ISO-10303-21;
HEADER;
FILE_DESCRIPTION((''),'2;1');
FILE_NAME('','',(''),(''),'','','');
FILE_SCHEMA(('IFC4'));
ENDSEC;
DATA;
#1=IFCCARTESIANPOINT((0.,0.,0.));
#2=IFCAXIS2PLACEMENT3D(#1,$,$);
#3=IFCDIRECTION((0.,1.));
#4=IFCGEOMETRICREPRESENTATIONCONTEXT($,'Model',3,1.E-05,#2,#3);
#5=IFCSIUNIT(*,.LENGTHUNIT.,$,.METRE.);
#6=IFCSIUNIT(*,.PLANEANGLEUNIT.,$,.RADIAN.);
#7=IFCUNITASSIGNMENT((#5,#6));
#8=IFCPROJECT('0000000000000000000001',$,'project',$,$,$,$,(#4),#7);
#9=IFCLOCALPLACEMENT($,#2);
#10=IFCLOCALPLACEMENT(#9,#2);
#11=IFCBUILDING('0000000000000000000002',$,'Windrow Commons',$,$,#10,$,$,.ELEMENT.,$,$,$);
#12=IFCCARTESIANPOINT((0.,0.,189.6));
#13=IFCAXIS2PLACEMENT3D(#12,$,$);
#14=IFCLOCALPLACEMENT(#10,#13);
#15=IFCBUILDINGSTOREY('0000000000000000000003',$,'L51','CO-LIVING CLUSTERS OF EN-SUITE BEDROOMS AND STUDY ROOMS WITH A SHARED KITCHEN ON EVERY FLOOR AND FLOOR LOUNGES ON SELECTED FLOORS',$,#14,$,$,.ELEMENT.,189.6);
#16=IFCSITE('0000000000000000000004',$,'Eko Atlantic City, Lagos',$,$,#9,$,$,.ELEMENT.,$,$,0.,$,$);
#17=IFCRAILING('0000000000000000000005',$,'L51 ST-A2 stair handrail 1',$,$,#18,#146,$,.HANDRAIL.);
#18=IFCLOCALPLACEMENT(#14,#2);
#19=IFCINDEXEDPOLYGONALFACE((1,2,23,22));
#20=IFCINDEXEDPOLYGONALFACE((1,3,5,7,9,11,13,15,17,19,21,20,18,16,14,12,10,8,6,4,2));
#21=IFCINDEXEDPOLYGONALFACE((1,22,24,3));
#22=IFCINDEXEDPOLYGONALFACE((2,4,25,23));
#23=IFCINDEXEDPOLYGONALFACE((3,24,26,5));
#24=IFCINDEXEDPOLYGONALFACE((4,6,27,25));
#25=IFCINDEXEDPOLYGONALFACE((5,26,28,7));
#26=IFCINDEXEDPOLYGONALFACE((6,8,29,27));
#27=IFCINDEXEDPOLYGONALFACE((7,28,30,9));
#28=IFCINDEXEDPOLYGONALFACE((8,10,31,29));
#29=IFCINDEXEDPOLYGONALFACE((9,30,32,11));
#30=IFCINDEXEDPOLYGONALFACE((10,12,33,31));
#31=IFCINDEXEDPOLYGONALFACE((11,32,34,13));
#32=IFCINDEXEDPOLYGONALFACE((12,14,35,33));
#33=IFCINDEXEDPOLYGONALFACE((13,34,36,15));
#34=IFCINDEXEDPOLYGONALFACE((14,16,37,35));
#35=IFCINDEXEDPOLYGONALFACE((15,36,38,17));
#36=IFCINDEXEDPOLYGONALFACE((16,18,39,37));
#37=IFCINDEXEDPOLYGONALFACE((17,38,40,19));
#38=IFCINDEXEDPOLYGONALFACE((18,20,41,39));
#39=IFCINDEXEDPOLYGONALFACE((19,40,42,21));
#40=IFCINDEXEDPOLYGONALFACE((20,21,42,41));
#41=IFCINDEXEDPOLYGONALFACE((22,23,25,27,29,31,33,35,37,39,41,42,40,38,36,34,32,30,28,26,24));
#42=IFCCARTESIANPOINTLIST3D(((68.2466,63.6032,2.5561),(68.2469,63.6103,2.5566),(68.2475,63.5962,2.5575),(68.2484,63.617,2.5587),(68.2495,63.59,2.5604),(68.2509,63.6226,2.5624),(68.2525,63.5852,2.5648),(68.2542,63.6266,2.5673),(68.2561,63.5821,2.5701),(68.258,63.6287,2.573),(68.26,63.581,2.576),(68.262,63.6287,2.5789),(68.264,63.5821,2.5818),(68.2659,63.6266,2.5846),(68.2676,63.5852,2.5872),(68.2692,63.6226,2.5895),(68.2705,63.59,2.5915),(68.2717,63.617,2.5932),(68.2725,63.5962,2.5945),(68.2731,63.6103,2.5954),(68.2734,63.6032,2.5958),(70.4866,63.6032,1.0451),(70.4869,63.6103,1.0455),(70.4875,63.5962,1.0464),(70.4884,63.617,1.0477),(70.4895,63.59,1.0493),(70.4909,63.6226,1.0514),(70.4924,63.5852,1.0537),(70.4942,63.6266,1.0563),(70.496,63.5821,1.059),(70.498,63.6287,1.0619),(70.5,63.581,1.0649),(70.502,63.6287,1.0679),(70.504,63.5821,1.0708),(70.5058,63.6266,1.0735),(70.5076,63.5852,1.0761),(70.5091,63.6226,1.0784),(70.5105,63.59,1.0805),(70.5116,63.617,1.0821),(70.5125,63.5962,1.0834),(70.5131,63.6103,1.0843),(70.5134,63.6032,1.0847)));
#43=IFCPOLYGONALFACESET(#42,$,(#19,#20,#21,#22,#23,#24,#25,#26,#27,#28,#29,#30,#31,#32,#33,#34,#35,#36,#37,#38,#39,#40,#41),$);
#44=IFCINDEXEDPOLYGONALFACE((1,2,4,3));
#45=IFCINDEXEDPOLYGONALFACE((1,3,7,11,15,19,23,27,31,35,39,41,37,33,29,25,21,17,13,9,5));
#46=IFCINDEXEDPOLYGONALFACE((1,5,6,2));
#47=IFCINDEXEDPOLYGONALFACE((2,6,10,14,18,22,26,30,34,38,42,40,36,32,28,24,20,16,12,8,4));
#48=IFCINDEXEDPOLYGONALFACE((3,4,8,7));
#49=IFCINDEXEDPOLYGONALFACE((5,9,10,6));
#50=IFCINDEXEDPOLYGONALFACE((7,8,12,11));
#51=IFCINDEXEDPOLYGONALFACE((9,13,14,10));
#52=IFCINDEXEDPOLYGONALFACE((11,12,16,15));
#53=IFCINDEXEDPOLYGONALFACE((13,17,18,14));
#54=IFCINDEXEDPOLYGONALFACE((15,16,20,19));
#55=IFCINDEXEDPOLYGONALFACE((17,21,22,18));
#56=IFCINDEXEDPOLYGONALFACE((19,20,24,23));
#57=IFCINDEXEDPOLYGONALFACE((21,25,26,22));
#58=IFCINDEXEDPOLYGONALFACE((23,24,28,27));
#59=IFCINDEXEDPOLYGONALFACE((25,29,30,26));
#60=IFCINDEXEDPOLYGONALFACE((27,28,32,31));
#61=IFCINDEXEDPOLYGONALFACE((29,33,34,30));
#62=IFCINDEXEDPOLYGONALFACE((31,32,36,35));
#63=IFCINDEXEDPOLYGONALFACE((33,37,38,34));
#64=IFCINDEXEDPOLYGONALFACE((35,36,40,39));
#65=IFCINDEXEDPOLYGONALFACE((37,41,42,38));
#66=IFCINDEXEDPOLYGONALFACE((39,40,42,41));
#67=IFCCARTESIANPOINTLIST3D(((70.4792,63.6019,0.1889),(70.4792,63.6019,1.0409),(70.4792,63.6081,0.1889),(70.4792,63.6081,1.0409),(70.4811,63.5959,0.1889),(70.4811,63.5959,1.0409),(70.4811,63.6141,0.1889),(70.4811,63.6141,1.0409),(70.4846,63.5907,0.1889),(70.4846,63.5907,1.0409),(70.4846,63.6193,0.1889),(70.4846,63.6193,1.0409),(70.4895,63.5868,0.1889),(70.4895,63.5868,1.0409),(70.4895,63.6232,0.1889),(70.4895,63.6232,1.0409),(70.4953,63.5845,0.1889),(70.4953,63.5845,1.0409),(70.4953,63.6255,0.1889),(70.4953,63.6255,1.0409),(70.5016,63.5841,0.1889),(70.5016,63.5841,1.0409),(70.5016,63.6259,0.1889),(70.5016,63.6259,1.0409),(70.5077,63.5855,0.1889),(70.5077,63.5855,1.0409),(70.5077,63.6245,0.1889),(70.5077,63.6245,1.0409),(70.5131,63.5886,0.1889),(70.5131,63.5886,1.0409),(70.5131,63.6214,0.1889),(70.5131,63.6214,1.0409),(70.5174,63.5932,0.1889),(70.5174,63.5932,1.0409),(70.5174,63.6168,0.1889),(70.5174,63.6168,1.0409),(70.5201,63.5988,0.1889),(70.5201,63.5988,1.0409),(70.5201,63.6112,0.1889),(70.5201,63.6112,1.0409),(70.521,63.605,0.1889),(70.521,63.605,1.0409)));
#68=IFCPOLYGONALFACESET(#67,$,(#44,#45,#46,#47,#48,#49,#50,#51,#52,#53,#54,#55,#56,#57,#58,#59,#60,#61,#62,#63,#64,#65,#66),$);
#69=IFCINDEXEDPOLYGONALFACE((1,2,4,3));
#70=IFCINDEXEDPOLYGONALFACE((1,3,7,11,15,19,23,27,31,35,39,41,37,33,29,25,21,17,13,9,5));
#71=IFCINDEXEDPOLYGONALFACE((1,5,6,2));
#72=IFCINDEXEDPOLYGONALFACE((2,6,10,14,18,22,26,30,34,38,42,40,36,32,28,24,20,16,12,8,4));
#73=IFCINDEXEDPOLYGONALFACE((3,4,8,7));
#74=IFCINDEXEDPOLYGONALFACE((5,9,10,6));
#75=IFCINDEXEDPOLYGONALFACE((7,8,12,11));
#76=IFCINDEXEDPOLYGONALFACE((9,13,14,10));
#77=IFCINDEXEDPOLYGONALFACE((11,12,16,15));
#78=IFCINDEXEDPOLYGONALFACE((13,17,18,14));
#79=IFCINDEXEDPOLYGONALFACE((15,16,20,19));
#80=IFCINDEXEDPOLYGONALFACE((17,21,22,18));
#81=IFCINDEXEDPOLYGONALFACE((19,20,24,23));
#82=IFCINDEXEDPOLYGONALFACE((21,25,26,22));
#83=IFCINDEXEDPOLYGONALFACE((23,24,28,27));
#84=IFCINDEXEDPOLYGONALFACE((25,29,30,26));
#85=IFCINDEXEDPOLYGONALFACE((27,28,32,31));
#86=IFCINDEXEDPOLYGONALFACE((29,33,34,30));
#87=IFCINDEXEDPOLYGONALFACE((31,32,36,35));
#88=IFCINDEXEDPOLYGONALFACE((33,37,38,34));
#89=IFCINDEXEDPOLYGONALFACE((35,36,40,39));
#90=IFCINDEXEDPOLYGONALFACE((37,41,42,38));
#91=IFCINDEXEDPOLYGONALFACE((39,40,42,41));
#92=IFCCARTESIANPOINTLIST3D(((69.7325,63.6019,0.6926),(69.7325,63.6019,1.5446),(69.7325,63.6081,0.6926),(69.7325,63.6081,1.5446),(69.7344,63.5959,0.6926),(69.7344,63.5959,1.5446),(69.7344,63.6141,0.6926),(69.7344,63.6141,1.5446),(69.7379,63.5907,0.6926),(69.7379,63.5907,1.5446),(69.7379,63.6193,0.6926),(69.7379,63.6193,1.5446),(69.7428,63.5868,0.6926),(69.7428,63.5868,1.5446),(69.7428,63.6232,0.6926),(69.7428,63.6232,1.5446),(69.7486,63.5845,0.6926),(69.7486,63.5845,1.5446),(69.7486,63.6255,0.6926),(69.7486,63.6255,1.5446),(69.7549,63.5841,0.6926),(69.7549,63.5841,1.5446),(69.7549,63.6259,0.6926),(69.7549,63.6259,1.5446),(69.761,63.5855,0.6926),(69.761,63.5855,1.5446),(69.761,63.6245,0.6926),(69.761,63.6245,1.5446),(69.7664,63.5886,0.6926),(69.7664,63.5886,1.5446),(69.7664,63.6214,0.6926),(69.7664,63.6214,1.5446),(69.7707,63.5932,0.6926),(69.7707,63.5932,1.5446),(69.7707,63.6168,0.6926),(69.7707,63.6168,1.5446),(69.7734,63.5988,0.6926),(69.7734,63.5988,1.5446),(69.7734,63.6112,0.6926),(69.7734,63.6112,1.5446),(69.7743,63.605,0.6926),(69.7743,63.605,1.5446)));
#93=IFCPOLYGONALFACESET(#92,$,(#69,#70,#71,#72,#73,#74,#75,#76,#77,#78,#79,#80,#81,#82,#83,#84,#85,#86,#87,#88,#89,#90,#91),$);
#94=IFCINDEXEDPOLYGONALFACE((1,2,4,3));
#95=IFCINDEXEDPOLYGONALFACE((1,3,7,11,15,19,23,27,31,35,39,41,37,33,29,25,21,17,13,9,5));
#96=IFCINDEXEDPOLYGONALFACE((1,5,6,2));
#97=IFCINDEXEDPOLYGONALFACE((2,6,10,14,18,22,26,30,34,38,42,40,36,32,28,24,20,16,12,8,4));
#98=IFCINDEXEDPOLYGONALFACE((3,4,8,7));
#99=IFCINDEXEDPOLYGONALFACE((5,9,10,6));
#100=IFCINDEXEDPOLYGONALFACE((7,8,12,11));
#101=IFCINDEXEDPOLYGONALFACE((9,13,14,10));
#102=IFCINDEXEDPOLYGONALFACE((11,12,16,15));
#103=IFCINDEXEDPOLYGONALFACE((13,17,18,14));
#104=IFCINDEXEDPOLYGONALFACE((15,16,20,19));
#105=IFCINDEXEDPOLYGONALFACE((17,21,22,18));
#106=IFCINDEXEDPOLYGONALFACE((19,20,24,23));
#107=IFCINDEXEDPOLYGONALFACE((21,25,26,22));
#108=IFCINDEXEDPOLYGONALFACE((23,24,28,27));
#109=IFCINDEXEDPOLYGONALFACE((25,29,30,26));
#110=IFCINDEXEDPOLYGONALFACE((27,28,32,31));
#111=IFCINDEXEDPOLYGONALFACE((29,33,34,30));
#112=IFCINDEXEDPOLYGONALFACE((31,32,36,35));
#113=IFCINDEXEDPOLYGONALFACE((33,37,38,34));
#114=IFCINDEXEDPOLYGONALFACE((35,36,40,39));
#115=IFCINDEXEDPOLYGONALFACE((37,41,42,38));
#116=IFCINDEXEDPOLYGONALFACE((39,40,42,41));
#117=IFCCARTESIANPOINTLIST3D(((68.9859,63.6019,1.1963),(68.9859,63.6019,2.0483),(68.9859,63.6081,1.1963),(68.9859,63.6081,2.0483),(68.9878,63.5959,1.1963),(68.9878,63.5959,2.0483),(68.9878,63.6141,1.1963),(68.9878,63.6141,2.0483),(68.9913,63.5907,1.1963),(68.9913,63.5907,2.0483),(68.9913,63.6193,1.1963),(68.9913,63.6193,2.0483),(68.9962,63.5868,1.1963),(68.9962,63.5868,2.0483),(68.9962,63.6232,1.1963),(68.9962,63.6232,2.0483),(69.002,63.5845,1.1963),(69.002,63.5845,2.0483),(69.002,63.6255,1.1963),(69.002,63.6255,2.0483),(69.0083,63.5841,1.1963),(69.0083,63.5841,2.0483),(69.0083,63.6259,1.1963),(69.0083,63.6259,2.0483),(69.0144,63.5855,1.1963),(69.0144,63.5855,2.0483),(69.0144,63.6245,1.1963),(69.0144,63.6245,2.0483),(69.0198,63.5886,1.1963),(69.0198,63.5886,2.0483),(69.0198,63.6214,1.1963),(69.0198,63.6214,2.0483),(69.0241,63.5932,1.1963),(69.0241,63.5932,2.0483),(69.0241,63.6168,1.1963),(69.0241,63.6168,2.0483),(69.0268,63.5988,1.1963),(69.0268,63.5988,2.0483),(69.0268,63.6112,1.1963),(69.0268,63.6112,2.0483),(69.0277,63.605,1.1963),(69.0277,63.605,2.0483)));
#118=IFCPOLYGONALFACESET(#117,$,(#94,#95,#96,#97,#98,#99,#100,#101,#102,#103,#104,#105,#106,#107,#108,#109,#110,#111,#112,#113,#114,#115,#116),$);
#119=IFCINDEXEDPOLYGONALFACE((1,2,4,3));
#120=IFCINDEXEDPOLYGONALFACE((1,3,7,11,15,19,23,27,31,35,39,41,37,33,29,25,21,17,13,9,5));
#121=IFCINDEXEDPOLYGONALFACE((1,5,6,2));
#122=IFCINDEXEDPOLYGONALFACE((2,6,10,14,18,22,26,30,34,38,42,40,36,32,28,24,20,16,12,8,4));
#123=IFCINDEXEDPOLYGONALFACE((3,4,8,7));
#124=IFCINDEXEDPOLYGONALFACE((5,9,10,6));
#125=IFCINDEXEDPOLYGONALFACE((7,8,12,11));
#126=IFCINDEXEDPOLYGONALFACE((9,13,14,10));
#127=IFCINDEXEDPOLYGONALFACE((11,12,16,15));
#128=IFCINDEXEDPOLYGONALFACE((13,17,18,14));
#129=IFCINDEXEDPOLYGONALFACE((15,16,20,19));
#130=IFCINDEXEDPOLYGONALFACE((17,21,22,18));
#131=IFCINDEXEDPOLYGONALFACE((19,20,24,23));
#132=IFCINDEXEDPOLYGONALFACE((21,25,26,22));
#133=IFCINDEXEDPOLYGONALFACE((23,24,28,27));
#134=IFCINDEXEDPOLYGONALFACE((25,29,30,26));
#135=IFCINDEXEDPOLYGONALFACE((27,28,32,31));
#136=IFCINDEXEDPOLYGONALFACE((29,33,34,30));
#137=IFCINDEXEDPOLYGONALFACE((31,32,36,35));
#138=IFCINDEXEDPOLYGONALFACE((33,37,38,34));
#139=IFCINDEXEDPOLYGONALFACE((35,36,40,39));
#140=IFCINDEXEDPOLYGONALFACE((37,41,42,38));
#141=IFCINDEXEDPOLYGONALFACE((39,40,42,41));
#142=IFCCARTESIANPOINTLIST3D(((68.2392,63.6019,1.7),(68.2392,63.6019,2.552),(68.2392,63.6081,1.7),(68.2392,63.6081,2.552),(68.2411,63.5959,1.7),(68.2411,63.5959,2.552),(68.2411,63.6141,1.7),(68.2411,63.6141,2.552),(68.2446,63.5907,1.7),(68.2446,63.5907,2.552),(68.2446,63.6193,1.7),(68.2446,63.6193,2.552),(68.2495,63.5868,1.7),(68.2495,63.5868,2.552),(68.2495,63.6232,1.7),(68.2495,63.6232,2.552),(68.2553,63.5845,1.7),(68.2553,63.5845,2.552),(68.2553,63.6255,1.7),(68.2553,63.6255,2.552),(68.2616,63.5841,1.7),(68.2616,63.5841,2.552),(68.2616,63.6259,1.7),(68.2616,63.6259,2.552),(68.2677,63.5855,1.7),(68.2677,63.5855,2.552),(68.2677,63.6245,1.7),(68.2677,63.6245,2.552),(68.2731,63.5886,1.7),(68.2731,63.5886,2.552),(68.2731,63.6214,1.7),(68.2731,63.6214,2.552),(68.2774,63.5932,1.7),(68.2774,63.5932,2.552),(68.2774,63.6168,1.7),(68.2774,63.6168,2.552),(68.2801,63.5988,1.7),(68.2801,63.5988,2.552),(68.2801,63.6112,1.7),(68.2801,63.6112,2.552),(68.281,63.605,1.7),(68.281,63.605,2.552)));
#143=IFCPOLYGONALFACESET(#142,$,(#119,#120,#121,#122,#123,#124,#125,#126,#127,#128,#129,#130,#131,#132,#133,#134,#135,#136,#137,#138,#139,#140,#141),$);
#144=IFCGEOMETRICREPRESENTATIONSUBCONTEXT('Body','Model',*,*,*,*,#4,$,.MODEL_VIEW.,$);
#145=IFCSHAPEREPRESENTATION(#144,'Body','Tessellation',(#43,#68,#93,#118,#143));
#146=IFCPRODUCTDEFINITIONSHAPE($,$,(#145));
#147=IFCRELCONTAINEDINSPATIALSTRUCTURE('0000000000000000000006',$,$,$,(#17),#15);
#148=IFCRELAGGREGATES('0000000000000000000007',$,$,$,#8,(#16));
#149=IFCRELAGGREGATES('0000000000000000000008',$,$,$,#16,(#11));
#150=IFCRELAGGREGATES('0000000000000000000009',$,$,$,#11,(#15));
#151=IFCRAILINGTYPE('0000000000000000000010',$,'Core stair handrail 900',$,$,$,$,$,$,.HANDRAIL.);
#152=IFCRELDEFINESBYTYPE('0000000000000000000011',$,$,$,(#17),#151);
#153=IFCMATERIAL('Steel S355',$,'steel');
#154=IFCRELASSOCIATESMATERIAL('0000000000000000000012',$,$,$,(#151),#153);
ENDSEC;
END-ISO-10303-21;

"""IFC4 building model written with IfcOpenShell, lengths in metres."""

from ifc_helpers import new_model, si_unit, direction, frame, origin, origin_2d, place, context, subcontext, project, spatial, circle, extrude, material, type_object, element, save


model = new_model("IFC4")

# Units and contexts
model_context = context("Model", 3, precision=1e-05, world=origin(), true_north=direction((0.0, 1.0)))
body_context = subcontext(model_context, "Body", "Model", "MODEL_VIEW")
ifc_project = project(units=[si_unit("LENGTHUNIT", "METRE"), si_unit("PLANEANGLEUNIT", "RADIAN")], contexts=[model_context])

# Site, building, storey
site_placement = place(None, origin())
site = spatial("IfcSite", under=ifc_project, at=site_placement, Name="Eko Atlantic City, Lagos", CompositionType="ELEMENT", RefElevation=0.0)
building_placement = place(site_placement, origin())
building = spatial("IfcBuilding", under=site, at=building_placement, Name="Windrow Commons", CompositionType="ELEMENT")
storey_placement = place(building_placement, frame((0.0, 0.0, 189.6)))
storey = spatial("IfcBuildingStorey", under=building, at=storey_placement, Name="L51", Description="CO-LIVING CLUSTERS OF EN-SUITE BEDROOMS AND STUDY ROOMS WITH A SHARED KITCHEN ON EVERY FLOOR AND FLOOR LOUNGES ON SELECTED FLOORS", CompositionType="ELEMENT", Elevation=189.6)

# Railing
ifc_material_1 = material(Name="Steel S355", Category="steel")
railing_type_1 = type_object("IfcRailingType", Name="Core stair handrail 900", PredefinedType="HANDRAIL", material=ifc_material_1)
railing_1_placement = place(storey_placement, frame((70.5, 63.605, 0.1889)))
element("IfcRailing", 1, at=railing_1_placement, inside=storey, type_object=railing_type_1, Name="L51 ST-A2 stair handrail 1", PredefinedType="HANDRAIL", context=body_context, shape_type="SweptSolid", body=[
    extrude(circle(Radius=0.024, at=origin_2d()), frame((0.0, 0.0, 0.876), z_axis=(-0.829003, 0.0, 0.559244), x_axis=(0.0, -1.0, 0.0)), (0.0, 0.0, 1.0), 2.702),
    extrude(circle(Radius=0.021, at=origin_2d()), origin(), (0.0, 0.0, 1.0), 0.852),
    extrude(circle(Radius=0.021, at=origin_2d()), frame((-0.7467, 0.0, 0.5037)), (0.0, 0.0, 1.0), 0.852),
    extrude(circle(Radius=0.021, at=origin_2d()), frame((-1.4933, 0.0, 1.0074)), (0.0, 0.0, 1.0), 0.852),
    extrude(circle(Radius=0.021, at=origin_2d()), frame((-2.24, 0.0, 1.5111)), (0.0, 0.0, 1.0), 0.852),
])

save(model, "model.ifc")
